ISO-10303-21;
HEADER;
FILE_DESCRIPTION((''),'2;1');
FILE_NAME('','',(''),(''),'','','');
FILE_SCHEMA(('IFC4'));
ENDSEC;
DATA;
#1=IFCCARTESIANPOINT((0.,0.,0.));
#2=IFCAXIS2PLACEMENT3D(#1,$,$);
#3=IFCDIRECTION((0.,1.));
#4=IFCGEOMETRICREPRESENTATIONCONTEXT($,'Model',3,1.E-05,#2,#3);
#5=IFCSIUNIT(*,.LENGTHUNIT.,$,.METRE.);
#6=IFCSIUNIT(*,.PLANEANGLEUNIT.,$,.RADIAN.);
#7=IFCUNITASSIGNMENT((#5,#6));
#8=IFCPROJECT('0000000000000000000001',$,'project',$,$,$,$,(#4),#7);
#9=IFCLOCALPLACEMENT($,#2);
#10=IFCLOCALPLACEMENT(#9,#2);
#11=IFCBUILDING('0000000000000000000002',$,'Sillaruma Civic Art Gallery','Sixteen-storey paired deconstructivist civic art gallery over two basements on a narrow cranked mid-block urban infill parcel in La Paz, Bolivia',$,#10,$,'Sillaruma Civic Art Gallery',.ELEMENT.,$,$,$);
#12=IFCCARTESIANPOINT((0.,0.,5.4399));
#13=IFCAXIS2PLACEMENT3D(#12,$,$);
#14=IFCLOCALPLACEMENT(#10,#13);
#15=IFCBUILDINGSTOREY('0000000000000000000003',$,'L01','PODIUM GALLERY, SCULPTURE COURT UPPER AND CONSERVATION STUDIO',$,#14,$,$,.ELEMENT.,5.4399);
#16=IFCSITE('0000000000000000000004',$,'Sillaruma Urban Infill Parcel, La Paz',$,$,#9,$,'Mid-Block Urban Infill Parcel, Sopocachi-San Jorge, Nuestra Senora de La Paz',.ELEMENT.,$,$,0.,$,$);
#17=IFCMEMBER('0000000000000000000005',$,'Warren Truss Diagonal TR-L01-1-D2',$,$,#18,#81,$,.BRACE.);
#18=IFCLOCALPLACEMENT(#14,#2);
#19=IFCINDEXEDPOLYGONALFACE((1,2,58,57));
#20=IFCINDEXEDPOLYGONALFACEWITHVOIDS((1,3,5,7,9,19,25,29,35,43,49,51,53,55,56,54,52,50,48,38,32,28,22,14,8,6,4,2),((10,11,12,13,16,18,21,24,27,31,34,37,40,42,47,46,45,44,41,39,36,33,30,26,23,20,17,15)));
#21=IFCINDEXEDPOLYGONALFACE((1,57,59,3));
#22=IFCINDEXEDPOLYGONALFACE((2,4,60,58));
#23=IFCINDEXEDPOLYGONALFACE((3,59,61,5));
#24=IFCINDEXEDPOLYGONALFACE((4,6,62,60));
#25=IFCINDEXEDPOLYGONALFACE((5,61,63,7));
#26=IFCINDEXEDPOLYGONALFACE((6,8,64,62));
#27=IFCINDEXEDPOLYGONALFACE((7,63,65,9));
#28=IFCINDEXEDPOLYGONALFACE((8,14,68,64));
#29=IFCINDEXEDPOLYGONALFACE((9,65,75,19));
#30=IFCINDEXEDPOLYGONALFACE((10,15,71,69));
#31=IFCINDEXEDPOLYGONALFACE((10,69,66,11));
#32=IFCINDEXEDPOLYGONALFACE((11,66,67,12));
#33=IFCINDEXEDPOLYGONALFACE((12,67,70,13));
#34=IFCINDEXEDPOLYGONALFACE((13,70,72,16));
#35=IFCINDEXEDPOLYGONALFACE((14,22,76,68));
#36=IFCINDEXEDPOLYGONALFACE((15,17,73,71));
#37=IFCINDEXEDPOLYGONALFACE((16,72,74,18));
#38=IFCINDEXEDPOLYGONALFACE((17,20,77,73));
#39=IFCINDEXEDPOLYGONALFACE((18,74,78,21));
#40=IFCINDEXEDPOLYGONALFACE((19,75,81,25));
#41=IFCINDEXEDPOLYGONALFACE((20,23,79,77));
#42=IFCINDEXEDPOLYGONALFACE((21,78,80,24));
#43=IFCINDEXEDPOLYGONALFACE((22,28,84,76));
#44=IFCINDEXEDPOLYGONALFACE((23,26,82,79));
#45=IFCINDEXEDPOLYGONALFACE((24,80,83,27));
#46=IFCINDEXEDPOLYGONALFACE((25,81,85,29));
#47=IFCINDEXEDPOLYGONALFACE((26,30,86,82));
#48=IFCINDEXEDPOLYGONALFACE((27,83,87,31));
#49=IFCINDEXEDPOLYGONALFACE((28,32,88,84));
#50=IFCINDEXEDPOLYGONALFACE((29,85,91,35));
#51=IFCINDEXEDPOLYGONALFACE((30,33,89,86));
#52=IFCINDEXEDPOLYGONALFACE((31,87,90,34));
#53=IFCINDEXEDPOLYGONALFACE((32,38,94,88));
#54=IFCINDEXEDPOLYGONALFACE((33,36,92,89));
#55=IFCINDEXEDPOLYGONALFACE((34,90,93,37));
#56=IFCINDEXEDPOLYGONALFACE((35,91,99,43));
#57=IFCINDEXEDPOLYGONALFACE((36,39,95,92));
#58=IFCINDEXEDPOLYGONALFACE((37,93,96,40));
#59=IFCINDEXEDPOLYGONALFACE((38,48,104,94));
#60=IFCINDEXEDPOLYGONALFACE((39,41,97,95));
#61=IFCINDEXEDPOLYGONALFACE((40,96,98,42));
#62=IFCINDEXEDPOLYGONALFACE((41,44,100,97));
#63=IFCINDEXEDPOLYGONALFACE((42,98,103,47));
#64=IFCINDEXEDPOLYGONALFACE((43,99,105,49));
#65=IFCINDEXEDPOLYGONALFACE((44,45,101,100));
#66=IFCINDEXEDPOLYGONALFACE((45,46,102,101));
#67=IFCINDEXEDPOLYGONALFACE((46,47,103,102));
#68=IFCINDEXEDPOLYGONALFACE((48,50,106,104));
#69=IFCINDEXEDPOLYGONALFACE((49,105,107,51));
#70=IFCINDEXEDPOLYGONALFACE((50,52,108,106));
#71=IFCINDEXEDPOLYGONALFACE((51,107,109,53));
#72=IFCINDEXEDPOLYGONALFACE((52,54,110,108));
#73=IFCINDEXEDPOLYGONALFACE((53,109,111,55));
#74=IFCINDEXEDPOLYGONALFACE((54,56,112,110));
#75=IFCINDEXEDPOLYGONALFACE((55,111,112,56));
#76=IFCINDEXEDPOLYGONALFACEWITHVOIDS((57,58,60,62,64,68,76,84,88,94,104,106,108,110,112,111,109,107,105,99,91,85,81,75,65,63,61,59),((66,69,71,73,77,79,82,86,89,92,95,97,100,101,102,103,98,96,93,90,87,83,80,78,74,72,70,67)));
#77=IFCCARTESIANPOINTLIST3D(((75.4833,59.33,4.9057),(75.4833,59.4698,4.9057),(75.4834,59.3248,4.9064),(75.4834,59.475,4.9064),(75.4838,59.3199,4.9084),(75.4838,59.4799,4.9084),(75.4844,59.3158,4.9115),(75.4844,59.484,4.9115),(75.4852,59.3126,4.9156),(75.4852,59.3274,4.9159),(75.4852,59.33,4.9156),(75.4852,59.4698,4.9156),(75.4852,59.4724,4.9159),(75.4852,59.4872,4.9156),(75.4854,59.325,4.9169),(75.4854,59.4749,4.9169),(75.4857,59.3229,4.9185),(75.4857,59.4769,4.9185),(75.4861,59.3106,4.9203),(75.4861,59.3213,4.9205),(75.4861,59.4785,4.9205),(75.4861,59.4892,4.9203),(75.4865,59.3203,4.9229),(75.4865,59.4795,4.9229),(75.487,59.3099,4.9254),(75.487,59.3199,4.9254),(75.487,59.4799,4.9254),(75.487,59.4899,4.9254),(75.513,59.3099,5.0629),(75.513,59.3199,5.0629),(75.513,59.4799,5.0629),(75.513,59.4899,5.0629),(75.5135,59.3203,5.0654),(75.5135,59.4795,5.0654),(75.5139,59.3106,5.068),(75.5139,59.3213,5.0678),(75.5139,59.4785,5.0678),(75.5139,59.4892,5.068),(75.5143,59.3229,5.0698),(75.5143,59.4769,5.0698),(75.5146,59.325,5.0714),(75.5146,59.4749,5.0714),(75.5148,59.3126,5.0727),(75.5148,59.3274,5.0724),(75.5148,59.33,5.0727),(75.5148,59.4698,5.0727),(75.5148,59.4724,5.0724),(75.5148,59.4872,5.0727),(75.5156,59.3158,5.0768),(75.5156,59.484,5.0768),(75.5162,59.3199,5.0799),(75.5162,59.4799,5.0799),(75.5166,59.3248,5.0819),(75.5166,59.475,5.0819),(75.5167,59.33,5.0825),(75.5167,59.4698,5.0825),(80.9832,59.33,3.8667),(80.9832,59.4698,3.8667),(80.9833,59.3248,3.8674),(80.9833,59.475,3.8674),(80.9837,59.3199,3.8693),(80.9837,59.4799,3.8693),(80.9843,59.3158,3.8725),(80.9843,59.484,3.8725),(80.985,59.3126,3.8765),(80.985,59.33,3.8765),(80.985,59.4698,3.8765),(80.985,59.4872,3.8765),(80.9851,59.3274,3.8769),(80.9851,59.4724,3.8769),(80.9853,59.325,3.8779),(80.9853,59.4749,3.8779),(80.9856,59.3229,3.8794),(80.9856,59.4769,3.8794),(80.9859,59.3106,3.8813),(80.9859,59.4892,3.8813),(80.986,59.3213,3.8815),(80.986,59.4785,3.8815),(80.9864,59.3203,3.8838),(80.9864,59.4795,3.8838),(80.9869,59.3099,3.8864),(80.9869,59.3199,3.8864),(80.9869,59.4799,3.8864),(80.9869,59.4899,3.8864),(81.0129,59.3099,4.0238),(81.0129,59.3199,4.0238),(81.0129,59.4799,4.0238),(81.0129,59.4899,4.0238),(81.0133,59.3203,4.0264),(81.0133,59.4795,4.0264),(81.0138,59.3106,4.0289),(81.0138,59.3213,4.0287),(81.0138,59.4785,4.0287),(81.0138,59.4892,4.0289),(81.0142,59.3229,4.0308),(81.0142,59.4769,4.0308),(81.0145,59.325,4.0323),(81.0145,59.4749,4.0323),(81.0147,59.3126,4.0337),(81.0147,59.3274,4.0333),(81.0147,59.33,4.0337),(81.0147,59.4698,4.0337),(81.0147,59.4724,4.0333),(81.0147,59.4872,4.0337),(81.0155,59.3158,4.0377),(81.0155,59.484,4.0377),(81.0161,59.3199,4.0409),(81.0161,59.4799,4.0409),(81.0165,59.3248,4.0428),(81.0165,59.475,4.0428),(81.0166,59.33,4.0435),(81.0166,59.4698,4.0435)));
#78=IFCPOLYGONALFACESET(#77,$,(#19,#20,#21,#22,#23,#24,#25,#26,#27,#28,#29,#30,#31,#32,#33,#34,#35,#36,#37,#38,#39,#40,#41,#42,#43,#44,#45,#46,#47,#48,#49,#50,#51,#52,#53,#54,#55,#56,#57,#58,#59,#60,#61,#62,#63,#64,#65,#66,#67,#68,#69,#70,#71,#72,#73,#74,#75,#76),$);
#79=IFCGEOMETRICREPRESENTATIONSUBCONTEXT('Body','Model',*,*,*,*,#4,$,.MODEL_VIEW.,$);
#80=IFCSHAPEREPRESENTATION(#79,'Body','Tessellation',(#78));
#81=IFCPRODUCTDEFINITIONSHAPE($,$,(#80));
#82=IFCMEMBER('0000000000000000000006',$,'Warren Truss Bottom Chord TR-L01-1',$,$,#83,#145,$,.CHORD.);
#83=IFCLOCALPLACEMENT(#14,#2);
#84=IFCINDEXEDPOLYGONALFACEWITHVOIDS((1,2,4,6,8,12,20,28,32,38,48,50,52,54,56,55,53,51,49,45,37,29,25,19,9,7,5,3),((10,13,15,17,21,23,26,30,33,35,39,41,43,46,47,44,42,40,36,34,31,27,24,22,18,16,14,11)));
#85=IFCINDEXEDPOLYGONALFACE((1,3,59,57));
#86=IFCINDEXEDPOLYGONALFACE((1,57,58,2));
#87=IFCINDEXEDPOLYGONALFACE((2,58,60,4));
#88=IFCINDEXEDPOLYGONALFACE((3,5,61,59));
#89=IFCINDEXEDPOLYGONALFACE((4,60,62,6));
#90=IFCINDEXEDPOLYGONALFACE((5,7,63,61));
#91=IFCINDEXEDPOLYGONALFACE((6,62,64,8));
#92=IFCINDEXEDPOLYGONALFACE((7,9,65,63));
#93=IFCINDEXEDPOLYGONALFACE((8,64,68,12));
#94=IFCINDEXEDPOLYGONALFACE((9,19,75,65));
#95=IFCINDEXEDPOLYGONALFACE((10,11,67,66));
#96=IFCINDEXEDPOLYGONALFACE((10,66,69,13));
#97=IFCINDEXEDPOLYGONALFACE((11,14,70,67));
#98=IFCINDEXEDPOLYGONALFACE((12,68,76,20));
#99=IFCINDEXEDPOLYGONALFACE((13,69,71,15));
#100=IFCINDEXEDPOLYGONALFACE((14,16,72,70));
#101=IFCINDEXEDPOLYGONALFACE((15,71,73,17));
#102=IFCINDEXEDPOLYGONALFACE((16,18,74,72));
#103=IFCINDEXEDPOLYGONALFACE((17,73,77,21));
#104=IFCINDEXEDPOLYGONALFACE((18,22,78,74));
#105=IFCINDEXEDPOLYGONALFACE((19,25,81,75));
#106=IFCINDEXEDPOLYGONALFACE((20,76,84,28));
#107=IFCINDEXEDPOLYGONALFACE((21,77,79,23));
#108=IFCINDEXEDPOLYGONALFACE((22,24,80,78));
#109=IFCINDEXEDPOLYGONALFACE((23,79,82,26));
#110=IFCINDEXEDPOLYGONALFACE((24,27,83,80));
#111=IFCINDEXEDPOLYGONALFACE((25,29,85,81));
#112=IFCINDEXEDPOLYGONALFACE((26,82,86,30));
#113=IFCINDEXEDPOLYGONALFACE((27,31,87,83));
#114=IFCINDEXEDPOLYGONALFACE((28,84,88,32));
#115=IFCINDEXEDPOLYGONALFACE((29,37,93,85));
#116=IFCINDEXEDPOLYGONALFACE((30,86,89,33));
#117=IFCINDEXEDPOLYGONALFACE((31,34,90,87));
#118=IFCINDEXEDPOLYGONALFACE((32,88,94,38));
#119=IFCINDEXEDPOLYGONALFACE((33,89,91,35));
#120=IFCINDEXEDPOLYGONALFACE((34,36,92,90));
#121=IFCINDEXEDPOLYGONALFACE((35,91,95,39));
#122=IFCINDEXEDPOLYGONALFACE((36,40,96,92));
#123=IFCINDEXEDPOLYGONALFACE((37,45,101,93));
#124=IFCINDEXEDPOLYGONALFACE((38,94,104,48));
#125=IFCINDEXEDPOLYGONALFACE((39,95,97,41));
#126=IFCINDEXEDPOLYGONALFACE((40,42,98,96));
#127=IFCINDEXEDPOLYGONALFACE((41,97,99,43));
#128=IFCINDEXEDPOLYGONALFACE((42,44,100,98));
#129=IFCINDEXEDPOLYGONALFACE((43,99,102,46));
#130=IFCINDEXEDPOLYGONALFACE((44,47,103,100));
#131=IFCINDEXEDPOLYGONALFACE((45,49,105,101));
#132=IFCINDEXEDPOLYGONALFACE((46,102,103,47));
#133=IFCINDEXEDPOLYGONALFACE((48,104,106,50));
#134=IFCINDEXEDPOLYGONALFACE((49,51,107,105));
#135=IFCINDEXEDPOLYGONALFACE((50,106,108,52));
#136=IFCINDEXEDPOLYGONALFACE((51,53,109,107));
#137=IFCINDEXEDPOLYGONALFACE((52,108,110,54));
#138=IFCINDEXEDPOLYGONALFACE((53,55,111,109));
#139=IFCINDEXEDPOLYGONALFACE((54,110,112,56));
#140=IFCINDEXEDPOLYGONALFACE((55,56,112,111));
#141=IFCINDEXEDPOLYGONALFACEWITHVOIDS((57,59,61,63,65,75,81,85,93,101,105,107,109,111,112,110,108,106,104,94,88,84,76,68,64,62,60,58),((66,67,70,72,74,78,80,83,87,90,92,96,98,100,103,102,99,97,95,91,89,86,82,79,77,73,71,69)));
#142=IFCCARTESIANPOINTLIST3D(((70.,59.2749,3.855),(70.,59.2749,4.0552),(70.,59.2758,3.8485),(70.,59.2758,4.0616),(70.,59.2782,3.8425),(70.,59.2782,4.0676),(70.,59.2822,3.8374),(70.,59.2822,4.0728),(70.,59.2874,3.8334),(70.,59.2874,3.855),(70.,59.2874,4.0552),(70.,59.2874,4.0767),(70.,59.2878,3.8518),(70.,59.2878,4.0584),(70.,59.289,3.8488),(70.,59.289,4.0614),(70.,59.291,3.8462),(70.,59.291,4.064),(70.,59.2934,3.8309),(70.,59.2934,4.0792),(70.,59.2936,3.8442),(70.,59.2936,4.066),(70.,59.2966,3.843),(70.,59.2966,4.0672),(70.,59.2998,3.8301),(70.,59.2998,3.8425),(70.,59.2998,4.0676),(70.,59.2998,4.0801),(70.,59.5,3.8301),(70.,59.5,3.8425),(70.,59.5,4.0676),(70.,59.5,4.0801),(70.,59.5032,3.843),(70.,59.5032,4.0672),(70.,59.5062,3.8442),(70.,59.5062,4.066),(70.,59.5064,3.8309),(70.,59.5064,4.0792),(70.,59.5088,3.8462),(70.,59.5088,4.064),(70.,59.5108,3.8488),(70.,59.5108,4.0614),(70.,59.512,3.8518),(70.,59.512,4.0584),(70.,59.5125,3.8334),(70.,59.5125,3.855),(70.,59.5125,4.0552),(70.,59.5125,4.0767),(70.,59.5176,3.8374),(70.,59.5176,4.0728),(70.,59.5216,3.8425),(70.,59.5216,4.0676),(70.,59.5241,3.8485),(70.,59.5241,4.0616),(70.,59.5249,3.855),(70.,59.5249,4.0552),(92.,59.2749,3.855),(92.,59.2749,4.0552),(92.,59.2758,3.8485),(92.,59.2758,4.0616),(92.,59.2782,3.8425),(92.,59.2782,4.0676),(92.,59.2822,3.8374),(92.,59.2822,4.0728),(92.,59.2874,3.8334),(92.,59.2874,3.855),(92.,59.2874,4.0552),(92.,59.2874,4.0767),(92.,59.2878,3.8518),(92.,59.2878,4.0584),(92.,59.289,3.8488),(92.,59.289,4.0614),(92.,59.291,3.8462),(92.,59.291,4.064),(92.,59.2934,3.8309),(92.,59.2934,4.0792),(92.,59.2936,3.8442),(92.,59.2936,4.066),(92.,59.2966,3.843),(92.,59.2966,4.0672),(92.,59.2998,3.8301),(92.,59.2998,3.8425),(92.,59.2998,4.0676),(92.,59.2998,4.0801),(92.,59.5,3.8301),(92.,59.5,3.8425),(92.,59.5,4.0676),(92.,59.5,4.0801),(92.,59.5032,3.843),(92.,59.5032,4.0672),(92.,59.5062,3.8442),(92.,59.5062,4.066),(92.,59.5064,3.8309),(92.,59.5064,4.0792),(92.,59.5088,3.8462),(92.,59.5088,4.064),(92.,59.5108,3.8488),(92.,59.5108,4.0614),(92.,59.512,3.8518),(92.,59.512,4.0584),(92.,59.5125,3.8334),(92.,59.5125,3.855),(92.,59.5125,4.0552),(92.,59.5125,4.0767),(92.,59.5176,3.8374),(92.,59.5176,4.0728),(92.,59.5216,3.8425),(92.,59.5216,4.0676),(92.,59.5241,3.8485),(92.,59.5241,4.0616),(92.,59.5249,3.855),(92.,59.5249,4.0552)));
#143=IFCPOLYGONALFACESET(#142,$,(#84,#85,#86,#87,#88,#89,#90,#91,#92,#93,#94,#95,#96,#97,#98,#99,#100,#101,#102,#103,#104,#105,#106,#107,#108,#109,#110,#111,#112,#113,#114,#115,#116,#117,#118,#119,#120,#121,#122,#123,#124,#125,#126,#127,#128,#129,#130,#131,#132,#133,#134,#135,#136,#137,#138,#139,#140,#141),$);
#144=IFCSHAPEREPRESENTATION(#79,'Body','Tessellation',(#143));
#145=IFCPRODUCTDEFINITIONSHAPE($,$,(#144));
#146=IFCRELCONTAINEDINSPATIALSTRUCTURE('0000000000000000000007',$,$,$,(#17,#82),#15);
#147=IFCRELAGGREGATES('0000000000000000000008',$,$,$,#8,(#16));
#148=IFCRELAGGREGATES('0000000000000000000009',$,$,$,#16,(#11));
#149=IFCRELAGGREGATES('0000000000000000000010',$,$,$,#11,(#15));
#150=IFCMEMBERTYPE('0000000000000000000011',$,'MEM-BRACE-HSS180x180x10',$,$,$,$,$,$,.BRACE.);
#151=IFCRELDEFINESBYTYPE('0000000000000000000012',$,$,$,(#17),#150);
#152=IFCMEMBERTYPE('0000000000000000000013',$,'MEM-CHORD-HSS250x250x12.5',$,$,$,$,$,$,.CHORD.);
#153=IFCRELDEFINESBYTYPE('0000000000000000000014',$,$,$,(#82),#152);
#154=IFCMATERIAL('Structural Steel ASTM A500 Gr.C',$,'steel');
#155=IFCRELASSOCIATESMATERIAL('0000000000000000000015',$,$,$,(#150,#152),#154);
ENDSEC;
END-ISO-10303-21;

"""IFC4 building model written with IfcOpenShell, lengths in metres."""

from ifc_helpers import new_model, si_unit, direction, frame, origin, origin_2d, place, context, subcontext, project, spatial, hollow_rectangle, extrude, material, material_profile, profile_set, type_object, element, save


model = new_model("IFC4")

# Units and contexts
model_context = context("Model", 3, precision=1e-05, world=origin(), true_north=direction((0.0, 1.0)))
body_context = subcontext(model_context, "Body", "Model", "MODEL_VIEW")
ifc_project = project(units=[si_unit("LENGTHUNIT", "METRE"), si_unit("PLANEANGLEUNIT", "RADIAN")], contexts=[model_context])

# Site, building, storey
site_placement = place(None, origin())
site = spatial("IfcSite", under=ifc_project, at=site_placement, Name="Sillaruma Urban Infill Parcel, La Paz", LongName="Mid-Block Urban Infill Parcel, Sopocachi-San Jorge, Nuestra Senora de La Paz", CompositionType="ELEMENT", RefElevation=0.0)
building_placement = place(site_placement, origin())
building = spatial("IfcBuilding", under=site, at=building_placement, Name="Sillaruma Civic Art Gallery", Description="Sixteen-storey paired deconstructivist civic art gallery over two basements on a narrow cranked mid-block urban infill parcel in La Paz, Bolivia", LongName="Sillaruma Civic Art Gallery", CompositionType="ELEMENT")
storey_placement = place(building_placement, frame((0.0, 0.0, 5.4399)))
storey = spatial("IfcBuildingStorey", under=building, at=storey_placement, Name="L01", Description="PODIUM GALLERY, SCULPTURE COURT UPPER AND CONSERVATION STUDIO", CompositionType="ELEMENT", Elevation=5.4399)

# Members
ifc_material_1 = material(Name="Structural Steel ASTM A500 Gr.C", Category="steel")
ifc_material_profile_1 = material_profile(ifc_material_1, hollow_rectangle(XDim=0.1799, YDim=0.1799, WallThickness=0.01, InnerFilletRadius=0.01, OuterFilletRadius=0.02, at=origin_2d()), Name="HSS180x180x10")
ifc_profile_set_1 = profile_set([ifc_material_profile_1], Name="Structural Steel ASTM A500 Gr.C")
member_type_1 = type_object("IfcMemberType", Name="MEM-BRACE-HSS180x180x10", PredefinedType="BRACE", material=ifc_profile_set_1)
for number, where, z_axis, x_axis, name in (
    (1, (75.5, 59.3999, 4.9941), (0.982618, 0.0, -0.185637), (0.0, 1.0, 0.0), "Warren Truss Diagonal TR-L01-1-D2"),
):
    element("IfcMember", number, at=place(storey_placement, frame(where, z_axis=z_axis, x_axis=x_axis)), inside=storey, type_object=member_type_1, Name=name, PredefinedType="BRACE", context=body_context, shape_type="SweptSolid", body=[
        extrude(hollow_rectangle(XDim=0.1799, YDim=0.1799, WallThickness=0.01, InnerFilletRadius=0.01, OuterFilletRadius=0.02, at=origin_2d()), origin(), (0.0, 0.0, 1.0), 5.5972),
    ])
ifc_material_profile_2 = material_profile(ifc_material_1, hollow_rectangle(XDim=0.25, YDim=0.25, WallThickness=0.0125, InnerFilletRadius=0.0125, OuterFilletRadius=0.0249, at=origin_2d()), Name="HSS250x250x12.5")
ifc_profile_set_2 = profile_set([ifc_material_profile_2], Name="Structural Steel ASTM A500 Gr.C")
member_type_2 = type_object("IfcMemberType", Name="MEM-CHORD-HSS250x250x12.5", PredefinedType="CHORD", material=ifc_profile_set_2)
member_1_placement = place(storey_placement, frame((70.0, 59.3999, 3.9551), z_axis=(1.0, 0.0, 0.0), x_axis=(0.0, 1.0, 0.0)))
element("IfcMember", 2, at=member_1_placement, inside=storey, type_object=member_type_2, Name="Warren Truss Bottom Chord TR-L01-1", PredefinedType="CHORD", context=body_context, shape_type="SweptSolid", body=[
    extrude(hollow_rectangle(XDim=0.25, YDim=0.25, WallThickness=0.0125, InnerFilletRadius=0.0125, OuterFilletRadius=0.0249, at=origin_2d()), origin(), (0.0, 0.0, 1.0), 22.0),
])

save(model, "model.ifc")
